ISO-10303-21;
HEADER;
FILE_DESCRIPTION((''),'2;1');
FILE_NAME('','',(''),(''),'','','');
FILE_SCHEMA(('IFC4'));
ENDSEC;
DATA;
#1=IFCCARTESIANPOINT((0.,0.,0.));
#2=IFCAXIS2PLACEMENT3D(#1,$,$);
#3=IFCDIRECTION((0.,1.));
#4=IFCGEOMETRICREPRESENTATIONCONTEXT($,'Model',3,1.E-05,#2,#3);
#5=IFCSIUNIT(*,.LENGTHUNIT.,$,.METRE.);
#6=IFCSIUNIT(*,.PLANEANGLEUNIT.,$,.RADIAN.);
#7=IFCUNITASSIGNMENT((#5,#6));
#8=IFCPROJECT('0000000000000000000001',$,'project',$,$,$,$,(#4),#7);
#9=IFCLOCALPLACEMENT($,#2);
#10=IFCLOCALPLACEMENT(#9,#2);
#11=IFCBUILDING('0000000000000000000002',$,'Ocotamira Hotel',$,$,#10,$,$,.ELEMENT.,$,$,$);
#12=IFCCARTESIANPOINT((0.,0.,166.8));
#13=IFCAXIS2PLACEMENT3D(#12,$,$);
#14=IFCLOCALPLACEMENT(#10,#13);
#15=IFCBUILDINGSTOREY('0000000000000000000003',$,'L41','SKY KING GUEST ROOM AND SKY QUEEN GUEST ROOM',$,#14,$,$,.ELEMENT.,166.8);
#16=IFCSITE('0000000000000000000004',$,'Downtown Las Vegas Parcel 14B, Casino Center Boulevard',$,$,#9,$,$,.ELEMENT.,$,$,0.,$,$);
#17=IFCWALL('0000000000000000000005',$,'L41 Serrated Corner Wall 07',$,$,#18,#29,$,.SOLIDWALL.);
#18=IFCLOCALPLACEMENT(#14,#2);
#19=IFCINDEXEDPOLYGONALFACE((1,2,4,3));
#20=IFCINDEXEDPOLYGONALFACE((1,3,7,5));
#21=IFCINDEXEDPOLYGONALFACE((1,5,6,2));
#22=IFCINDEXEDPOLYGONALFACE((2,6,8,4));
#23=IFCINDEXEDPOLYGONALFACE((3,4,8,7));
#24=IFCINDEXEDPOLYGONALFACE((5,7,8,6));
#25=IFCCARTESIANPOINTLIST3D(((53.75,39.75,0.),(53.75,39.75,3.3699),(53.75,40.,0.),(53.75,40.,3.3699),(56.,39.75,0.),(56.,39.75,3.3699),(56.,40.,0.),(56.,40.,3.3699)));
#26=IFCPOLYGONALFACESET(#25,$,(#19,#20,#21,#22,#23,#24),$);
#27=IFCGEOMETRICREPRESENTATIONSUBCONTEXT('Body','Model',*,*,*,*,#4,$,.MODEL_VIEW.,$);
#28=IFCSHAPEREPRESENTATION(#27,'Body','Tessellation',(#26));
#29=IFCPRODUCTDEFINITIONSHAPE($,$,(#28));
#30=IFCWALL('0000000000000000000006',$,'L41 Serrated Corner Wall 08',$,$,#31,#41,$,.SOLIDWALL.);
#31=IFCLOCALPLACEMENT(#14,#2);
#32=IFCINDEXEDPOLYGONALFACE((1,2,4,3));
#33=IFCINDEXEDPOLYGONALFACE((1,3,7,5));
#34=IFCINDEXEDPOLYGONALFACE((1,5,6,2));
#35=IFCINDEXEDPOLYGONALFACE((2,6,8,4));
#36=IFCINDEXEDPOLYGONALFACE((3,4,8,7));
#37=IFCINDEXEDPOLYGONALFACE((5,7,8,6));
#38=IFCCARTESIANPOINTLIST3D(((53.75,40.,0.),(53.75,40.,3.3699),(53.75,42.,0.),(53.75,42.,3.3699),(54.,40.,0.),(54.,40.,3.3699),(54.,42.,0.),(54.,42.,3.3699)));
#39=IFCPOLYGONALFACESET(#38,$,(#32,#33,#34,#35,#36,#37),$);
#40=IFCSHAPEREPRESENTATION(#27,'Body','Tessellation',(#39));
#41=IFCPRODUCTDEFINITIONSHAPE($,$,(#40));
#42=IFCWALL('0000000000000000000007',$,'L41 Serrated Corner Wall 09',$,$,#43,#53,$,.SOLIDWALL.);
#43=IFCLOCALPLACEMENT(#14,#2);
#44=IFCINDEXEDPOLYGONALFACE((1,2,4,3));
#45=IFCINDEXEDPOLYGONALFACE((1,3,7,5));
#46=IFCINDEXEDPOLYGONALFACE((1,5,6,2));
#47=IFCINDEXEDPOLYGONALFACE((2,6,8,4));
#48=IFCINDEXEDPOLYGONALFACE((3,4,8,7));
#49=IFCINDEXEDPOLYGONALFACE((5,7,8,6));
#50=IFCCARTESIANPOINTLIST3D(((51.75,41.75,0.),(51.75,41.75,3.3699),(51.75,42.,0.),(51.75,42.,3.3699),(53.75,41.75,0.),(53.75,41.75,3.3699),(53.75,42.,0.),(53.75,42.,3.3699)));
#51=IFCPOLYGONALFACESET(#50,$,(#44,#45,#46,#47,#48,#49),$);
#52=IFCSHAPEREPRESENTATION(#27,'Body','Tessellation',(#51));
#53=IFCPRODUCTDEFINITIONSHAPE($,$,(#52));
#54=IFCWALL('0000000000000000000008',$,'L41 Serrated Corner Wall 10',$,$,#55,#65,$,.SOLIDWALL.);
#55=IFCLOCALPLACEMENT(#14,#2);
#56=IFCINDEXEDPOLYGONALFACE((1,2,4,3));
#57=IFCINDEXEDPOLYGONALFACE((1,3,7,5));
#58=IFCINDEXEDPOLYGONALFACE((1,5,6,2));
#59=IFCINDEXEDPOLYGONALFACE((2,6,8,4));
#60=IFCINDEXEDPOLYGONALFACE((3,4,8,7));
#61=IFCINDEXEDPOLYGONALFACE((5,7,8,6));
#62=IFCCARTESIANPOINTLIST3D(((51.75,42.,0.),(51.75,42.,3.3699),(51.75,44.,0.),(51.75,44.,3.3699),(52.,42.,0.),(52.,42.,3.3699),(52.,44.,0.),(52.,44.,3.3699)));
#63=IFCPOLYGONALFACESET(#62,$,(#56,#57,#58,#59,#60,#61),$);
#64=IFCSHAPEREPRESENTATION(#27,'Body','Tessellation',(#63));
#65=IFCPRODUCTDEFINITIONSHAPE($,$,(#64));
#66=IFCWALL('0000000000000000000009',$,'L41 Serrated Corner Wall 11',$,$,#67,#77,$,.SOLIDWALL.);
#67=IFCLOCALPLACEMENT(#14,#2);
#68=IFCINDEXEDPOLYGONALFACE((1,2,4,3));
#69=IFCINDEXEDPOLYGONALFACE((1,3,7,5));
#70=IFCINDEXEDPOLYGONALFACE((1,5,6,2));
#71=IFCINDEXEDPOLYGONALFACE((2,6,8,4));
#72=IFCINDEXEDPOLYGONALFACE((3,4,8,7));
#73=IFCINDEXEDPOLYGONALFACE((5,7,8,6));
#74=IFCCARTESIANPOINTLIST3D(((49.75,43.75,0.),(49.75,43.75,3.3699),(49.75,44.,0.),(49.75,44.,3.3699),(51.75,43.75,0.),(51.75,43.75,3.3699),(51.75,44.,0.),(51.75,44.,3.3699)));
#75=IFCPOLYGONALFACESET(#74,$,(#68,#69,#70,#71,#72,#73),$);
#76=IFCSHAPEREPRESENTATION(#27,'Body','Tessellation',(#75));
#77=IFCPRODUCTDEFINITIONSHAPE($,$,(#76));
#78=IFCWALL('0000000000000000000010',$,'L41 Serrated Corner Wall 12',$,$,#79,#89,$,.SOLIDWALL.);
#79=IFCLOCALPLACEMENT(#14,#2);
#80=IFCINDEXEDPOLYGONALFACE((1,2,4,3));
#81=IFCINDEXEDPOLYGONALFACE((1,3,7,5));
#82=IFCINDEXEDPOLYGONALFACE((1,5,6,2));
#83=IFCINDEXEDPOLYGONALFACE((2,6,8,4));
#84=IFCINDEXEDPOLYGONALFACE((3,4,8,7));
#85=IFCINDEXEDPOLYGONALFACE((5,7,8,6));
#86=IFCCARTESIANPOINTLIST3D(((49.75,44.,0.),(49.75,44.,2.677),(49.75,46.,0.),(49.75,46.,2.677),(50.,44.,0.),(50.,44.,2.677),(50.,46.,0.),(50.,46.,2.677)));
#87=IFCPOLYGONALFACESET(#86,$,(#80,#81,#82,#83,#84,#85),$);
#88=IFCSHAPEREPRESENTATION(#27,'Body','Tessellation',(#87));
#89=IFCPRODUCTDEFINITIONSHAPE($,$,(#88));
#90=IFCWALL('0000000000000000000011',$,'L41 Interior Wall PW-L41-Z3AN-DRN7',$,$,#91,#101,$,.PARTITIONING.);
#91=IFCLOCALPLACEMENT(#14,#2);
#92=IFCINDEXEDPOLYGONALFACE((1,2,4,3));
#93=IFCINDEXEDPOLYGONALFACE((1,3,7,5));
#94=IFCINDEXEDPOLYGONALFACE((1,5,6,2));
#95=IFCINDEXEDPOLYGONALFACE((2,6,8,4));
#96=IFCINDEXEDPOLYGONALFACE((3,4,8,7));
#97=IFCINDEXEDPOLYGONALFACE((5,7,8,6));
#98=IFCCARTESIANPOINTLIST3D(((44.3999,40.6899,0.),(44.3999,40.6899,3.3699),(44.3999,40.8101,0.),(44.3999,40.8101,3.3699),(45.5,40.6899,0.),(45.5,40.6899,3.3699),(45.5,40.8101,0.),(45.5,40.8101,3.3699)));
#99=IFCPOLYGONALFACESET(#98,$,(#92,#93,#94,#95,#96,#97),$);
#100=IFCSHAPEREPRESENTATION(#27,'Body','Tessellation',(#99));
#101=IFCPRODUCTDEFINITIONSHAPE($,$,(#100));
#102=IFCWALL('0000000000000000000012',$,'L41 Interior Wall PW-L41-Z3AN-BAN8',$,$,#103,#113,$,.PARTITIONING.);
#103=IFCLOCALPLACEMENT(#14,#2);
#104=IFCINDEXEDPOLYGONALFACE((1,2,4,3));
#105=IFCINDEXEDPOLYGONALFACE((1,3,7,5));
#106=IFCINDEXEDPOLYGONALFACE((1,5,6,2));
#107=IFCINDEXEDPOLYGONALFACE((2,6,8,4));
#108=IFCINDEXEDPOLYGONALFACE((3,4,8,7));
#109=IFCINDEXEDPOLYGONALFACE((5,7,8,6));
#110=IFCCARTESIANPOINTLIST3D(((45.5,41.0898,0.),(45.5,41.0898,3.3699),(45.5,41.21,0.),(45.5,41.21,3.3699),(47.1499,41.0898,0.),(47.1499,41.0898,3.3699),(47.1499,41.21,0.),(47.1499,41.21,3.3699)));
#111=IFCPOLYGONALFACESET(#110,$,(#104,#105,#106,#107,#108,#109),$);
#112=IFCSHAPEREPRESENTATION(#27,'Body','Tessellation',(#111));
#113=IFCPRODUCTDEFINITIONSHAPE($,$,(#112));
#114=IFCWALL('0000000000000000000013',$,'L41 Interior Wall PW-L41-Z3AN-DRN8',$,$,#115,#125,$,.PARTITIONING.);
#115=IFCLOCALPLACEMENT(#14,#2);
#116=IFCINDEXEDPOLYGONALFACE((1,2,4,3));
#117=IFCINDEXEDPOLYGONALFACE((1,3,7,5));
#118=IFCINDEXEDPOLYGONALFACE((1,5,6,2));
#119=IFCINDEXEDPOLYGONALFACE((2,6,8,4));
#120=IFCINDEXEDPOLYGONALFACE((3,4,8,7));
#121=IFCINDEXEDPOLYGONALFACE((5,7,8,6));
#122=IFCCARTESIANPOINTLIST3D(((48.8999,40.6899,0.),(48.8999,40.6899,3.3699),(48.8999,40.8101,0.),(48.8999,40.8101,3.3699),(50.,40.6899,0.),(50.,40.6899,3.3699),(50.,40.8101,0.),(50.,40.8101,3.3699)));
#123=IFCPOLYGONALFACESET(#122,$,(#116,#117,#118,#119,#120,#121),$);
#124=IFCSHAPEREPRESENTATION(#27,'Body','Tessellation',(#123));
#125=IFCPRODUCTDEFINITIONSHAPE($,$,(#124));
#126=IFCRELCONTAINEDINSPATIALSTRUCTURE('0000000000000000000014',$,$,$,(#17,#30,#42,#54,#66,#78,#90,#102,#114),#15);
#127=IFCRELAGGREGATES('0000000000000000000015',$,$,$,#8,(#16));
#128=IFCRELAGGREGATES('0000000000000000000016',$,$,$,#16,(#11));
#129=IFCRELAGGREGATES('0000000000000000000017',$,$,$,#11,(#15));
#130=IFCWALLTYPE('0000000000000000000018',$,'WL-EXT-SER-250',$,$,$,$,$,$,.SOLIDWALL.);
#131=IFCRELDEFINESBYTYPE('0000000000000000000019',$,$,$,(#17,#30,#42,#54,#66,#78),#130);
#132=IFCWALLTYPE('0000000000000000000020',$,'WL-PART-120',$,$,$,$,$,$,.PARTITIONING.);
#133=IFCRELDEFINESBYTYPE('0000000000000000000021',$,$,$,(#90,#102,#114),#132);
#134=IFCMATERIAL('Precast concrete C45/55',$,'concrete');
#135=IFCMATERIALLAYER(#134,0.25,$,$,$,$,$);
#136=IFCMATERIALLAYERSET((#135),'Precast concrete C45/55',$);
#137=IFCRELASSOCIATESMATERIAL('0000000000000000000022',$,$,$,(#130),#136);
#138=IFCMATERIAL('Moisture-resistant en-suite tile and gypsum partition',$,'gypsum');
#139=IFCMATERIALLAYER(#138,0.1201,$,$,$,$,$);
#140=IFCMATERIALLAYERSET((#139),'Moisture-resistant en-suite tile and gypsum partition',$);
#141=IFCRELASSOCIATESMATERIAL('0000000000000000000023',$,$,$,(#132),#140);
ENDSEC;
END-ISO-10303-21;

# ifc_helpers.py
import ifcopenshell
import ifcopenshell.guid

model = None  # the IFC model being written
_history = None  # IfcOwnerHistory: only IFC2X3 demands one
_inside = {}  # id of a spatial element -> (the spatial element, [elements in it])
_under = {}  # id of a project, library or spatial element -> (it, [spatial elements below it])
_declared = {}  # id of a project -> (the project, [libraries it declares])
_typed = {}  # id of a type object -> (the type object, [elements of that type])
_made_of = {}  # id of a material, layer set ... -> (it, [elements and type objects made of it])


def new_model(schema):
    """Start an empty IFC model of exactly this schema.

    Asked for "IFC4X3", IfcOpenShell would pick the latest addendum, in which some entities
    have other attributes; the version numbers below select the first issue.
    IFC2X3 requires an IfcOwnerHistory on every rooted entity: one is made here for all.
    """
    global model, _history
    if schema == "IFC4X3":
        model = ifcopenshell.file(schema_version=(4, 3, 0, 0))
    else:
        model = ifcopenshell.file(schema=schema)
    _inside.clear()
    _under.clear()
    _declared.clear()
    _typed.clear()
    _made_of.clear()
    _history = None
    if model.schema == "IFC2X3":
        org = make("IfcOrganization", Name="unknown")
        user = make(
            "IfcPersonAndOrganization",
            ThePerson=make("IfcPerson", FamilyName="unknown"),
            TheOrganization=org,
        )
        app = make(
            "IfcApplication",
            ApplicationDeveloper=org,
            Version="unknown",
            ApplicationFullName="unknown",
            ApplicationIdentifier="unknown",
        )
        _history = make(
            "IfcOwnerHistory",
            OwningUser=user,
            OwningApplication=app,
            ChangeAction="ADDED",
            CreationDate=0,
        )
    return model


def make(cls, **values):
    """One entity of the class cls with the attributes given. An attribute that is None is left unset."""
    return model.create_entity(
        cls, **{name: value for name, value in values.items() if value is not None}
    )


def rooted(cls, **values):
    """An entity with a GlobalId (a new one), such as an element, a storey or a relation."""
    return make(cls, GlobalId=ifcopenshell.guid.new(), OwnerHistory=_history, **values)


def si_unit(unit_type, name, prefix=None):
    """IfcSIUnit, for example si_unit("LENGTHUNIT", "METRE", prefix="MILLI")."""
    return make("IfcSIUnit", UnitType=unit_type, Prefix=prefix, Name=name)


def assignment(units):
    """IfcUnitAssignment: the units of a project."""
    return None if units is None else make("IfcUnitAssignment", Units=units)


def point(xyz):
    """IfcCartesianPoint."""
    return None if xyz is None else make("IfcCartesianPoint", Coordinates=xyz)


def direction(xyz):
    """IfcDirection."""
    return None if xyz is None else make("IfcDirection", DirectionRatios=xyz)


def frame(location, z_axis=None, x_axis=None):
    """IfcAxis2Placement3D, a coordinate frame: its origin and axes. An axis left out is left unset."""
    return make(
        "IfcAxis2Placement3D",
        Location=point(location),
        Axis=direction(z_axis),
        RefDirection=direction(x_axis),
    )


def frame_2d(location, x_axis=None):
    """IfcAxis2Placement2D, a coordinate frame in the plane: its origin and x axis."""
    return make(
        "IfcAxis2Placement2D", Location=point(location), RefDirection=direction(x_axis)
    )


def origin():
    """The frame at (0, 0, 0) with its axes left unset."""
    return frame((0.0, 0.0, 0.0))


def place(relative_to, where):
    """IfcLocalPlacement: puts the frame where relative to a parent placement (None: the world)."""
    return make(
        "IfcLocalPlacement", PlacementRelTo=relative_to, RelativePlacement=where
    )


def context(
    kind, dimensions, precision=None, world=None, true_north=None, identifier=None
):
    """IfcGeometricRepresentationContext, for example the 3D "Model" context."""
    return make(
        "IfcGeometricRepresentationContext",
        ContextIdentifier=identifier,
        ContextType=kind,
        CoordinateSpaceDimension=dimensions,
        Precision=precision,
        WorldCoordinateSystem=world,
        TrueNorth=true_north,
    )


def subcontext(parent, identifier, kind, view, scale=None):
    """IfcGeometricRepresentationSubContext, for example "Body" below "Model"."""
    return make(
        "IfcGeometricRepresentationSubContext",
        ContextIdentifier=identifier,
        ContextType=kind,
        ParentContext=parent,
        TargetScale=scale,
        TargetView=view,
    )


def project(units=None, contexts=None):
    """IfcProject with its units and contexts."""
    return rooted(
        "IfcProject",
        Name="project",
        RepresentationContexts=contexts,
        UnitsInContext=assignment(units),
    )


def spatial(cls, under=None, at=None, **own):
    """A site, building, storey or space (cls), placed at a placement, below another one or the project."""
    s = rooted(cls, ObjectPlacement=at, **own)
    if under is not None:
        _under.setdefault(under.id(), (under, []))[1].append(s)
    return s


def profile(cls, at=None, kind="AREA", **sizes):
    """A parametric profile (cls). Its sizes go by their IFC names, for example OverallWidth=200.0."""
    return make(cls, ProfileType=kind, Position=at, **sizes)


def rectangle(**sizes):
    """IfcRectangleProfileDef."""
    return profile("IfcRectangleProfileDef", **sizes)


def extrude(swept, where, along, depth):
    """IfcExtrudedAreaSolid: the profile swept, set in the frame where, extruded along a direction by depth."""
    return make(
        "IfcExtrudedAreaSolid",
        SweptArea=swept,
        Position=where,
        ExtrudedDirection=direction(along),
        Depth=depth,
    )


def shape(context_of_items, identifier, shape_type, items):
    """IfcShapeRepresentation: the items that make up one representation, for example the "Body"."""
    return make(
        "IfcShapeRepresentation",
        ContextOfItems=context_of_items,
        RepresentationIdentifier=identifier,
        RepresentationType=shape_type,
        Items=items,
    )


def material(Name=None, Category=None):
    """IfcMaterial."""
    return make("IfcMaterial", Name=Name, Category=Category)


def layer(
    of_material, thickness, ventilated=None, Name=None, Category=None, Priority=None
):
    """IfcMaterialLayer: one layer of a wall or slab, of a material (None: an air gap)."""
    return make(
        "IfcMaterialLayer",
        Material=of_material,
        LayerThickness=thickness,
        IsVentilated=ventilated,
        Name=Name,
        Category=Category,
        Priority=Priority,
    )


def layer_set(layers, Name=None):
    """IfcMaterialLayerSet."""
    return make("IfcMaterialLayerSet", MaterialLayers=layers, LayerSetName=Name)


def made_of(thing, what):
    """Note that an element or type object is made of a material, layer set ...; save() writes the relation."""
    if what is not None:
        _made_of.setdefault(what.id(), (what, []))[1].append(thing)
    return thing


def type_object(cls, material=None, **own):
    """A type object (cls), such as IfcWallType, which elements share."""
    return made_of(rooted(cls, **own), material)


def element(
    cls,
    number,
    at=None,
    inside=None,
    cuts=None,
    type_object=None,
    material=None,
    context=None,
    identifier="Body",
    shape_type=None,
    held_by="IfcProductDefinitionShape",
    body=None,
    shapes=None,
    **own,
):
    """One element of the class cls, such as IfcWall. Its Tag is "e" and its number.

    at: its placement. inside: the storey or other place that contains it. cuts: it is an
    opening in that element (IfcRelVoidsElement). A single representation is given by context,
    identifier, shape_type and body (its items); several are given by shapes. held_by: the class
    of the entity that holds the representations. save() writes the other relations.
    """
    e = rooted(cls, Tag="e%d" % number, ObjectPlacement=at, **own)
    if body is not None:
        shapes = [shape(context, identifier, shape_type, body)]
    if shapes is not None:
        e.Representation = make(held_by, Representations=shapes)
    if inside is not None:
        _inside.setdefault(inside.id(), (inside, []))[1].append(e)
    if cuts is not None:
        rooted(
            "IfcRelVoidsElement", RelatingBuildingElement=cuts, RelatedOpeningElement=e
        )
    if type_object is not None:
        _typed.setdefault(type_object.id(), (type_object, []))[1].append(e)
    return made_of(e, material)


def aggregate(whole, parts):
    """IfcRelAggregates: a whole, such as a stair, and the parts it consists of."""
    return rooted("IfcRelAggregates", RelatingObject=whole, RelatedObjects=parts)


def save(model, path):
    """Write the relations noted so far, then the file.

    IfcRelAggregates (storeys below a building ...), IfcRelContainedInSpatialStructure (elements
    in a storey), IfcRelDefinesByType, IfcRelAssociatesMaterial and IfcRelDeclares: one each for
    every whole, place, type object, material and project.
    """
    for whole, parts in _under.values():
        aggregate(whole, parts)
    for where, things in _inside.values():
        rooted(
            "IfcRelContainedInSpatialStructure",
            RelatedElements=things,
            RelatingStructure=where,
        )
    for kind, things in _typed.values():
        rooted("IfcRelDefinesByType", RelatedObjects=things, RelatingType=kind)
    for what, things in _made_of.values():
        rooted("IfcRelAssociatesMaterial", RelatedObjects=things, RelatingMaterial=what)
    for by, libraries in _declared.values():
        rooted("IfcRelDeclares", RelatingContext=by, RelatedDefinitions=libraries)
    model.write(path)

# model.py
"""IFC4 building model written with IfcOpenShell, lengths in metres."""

from ifc_helpers import new_model, si_unit, direction, frame, frame_2d, origin, place, context, subcontext, project, spatial, rectangle, extrude, material, layer, layer_set, type_object, element, save


model = new_model("IFC4")

# Units and contexts
model_context = context("Model", 3, precision=1e-05, world=origin(), true_north=direction((0.0, 1.0)))
body_context = subcontext(model_context, "Body", "Model", "MODEL_VIEW")
ifc_project = project(units=[si_unit("LENGTHUNIT", "METRE"), si_unit("PLANEANGLEUNIT", "RADIAN")], contexts=[model_context])

# Site, building, storey
site_placement = place(None, origin())
site = spatial("IfcSite", under=ifc_project, at=site_placement, Name="Downtown Las Vegas Parcel 14B, Casino Center Boulevard", CompositionType="ELEMENT", RefElevation=0.0)
building_placement = place(site_placement, origin())
building = spatial("IfcBuilding", under=site, at=building_placement, Name="Ocotamira Hotel", CompositionType="ELEMENT")
storey_placement = place(building_placement, frame((0.0, 0.0, 166.8)))
storey = spatial("IfcBuildingStorey", under=building, at=storey_placement, Name="L41", Description="SKY KING GUEST ROOM AND SKY QUEEN GUEST ROOM", CompositionType="ELEMENT", Elevation=166.8)

# Walls
ifc_material_1 = material(Name="Precast concrete C45/55", Category="concrete")
ifc_layer_1 = layer(ifc_material_1, 0.25)
ifc_layer_set_1 = layer_set([ifc_layer_1], Name="Precast concrete C45/55")
wall_type_1 = type_object("IfcWallType", Name="WL-EXT-SER-250", PredefinedType="SOLIDWALL", material=ifc_layer_set_1)
wall_1_placement = place(storey_placement, frame((56.0, 39.875, 0.0), z_axis=(0.0, 0.0, 1.0), x_axis=(-1.0, 0.0, 0.0)))
element("IfcWall", 1, at=wall_1_placement, inside=storey, type_object=wall_type_1, Name="L41 Serrated Corner Wall 07", PredefinedType="SOLIDWALL", context=body_context, shape_type="SweptSolid", body=[
    extrude(rectangle(XDim=2.25, YDim=0.25, at=frame_2d((1.125, 0.0))), origin(), (0.0, 0.0, 1.0), 3.3699),
])
for number, where, z_axis, x_axis, name in (
    (2, (53.875, 40.0, 0.0), (0.0, 0.0, 1.0), (0.0, 1.0, 0.0), "L41 Serrated Corner Wall 08"),
    (3, (53.75, 41.875, 0.0), (0.0, 0.0, 1.0), (-1.0, 0.0, 0.0), "L41 Serrated Corner Wall 09"),
    (4, (51.875, 42.0, 0.0), (0.0, 0.0, 1.0), (0.0, 1.0, 0.0), "L41 Serrated Corner Wall 10"),
    (5, (51.75, 43.875, 0.0), (0.0, 0.0, 1.0), (-1.0, 0.0, 0.0), "L41 Serrated Corner Wall 11"),
):
    element("IfcWall", number, at=place(storey_placement, frame(where, z_axis=z_axis, x_axis=x_axis)), inside=storey, type_object=wall_type_1, Name=name, PredefinedType="SOLIDWALL", context=body_context, shape_type="SweptSolid", body=[
        extrude(rectangle(XDim=2.0, YDim=0.25, at=frame_2d((1.0, 0.0))), origin(), (0.0, 0.0, 1.0), 3.3699),
    ])
wall_2_placement = place(storey_placement, frame((49.875, 44.0, 0.0), z_axis=(0.0, 0.0, 1.0), x_axis=(0.0, 1.0, 0.0)))
element("IfcWall", 6, at=wall_2_placement, inside=storey, type_object=wall_type_1, Name="L41 Serrated Corner Wall 12", PredefinedType="SOLIDWALL", context=body_context, shape_type="SweptSolid", body=[
    extrude(rectangle(XDim=2.0, YDim=0.25, at=frame_2d((1.0, 0.0))), origin(), (0.0, 0.0, 1.0), 2.677),
])
ifc_material_2 = material(Name="Moisture-resistant en-suite tile and gypsum partition", Category="gypsum")
ifc_layer_2 = layer(ifc_material_2, 0.1201)
ifc_layer_set_2 = layer_set([ifc_layer_2], Name="Moisture-resistant en-suite tile and gypsum partition")
wall_type_2 = type_object("IfcWallType", Name="WL-PART-120", PredefinedType="PARTITIONING", material=ifc_layer_set_2)
wall_3_placement = place(storey_placement, frame((44.3999, 40.75, 0.0), z_axis=(0.0, 0.0, 1.0), x_axis=(1.0, 0.0, 0.0)))
element("IfcWall", 7, at=wall_3_placement, inside=storey, type_object=wall_type_2, Name="L41 Interior Wall PW-L41-Z3AN-DRN7", PredefinedType="PARTITIONING", context=body_context, shape_type="SweptSolid", body=[
    extrude(rectangle(XDim=1.1001, YDim=0.1201, at=frame_2d((0.55, 0.0))), origin(), (0.0, 0.0, 1.0), 3.3699),
])
wall_4_placement = place(storey_placement, frame((45.5, 41.1499, 0.0), z_axis=(0.0, 0.0, 1.0), x_axis=(1.0, 0.0, 0.0)))
element("IfcWall", 8, at=wall_4_placement, inside=storey, type_object=wall_type_2, Name="L41 Interior Wall PW-L41-Z3AN-BAN8", PredefinedType="PARTITIONING", context=body_context, shape_type="SweptSolid", body=[
    extrude(rectangle(XDim=1.6499, YDim=0.1201, at=frame_2d((0.825, 0.0))), origin(), (0.0, 0.0, 1.0), 3.3699),
])
wall_5_placement = place(storey_placement, frame((48.8999, 40.75, 0.0), z_axis=(0.0, 0.0, 1.0), x_axis=(1.0, 0.0, 0.0)))
element("IfcWall", 9, at=wall_5_placement, inside=storey, type_object=wall_type_2, Name="L41 Interior Wall PW-L41-Z3AN-DRN8", PredefinedType="PARTITIONING", context=body_context, shape_type="SweptSolid", body=[
    extrude(rectangle(XDim=1.1001, YDim=0.1201, at=frame_2d((0.55, 0.0))), origin(), (0.0, 0.0, 1.0), 3.3699),
])

save(model, "model.ifc")
